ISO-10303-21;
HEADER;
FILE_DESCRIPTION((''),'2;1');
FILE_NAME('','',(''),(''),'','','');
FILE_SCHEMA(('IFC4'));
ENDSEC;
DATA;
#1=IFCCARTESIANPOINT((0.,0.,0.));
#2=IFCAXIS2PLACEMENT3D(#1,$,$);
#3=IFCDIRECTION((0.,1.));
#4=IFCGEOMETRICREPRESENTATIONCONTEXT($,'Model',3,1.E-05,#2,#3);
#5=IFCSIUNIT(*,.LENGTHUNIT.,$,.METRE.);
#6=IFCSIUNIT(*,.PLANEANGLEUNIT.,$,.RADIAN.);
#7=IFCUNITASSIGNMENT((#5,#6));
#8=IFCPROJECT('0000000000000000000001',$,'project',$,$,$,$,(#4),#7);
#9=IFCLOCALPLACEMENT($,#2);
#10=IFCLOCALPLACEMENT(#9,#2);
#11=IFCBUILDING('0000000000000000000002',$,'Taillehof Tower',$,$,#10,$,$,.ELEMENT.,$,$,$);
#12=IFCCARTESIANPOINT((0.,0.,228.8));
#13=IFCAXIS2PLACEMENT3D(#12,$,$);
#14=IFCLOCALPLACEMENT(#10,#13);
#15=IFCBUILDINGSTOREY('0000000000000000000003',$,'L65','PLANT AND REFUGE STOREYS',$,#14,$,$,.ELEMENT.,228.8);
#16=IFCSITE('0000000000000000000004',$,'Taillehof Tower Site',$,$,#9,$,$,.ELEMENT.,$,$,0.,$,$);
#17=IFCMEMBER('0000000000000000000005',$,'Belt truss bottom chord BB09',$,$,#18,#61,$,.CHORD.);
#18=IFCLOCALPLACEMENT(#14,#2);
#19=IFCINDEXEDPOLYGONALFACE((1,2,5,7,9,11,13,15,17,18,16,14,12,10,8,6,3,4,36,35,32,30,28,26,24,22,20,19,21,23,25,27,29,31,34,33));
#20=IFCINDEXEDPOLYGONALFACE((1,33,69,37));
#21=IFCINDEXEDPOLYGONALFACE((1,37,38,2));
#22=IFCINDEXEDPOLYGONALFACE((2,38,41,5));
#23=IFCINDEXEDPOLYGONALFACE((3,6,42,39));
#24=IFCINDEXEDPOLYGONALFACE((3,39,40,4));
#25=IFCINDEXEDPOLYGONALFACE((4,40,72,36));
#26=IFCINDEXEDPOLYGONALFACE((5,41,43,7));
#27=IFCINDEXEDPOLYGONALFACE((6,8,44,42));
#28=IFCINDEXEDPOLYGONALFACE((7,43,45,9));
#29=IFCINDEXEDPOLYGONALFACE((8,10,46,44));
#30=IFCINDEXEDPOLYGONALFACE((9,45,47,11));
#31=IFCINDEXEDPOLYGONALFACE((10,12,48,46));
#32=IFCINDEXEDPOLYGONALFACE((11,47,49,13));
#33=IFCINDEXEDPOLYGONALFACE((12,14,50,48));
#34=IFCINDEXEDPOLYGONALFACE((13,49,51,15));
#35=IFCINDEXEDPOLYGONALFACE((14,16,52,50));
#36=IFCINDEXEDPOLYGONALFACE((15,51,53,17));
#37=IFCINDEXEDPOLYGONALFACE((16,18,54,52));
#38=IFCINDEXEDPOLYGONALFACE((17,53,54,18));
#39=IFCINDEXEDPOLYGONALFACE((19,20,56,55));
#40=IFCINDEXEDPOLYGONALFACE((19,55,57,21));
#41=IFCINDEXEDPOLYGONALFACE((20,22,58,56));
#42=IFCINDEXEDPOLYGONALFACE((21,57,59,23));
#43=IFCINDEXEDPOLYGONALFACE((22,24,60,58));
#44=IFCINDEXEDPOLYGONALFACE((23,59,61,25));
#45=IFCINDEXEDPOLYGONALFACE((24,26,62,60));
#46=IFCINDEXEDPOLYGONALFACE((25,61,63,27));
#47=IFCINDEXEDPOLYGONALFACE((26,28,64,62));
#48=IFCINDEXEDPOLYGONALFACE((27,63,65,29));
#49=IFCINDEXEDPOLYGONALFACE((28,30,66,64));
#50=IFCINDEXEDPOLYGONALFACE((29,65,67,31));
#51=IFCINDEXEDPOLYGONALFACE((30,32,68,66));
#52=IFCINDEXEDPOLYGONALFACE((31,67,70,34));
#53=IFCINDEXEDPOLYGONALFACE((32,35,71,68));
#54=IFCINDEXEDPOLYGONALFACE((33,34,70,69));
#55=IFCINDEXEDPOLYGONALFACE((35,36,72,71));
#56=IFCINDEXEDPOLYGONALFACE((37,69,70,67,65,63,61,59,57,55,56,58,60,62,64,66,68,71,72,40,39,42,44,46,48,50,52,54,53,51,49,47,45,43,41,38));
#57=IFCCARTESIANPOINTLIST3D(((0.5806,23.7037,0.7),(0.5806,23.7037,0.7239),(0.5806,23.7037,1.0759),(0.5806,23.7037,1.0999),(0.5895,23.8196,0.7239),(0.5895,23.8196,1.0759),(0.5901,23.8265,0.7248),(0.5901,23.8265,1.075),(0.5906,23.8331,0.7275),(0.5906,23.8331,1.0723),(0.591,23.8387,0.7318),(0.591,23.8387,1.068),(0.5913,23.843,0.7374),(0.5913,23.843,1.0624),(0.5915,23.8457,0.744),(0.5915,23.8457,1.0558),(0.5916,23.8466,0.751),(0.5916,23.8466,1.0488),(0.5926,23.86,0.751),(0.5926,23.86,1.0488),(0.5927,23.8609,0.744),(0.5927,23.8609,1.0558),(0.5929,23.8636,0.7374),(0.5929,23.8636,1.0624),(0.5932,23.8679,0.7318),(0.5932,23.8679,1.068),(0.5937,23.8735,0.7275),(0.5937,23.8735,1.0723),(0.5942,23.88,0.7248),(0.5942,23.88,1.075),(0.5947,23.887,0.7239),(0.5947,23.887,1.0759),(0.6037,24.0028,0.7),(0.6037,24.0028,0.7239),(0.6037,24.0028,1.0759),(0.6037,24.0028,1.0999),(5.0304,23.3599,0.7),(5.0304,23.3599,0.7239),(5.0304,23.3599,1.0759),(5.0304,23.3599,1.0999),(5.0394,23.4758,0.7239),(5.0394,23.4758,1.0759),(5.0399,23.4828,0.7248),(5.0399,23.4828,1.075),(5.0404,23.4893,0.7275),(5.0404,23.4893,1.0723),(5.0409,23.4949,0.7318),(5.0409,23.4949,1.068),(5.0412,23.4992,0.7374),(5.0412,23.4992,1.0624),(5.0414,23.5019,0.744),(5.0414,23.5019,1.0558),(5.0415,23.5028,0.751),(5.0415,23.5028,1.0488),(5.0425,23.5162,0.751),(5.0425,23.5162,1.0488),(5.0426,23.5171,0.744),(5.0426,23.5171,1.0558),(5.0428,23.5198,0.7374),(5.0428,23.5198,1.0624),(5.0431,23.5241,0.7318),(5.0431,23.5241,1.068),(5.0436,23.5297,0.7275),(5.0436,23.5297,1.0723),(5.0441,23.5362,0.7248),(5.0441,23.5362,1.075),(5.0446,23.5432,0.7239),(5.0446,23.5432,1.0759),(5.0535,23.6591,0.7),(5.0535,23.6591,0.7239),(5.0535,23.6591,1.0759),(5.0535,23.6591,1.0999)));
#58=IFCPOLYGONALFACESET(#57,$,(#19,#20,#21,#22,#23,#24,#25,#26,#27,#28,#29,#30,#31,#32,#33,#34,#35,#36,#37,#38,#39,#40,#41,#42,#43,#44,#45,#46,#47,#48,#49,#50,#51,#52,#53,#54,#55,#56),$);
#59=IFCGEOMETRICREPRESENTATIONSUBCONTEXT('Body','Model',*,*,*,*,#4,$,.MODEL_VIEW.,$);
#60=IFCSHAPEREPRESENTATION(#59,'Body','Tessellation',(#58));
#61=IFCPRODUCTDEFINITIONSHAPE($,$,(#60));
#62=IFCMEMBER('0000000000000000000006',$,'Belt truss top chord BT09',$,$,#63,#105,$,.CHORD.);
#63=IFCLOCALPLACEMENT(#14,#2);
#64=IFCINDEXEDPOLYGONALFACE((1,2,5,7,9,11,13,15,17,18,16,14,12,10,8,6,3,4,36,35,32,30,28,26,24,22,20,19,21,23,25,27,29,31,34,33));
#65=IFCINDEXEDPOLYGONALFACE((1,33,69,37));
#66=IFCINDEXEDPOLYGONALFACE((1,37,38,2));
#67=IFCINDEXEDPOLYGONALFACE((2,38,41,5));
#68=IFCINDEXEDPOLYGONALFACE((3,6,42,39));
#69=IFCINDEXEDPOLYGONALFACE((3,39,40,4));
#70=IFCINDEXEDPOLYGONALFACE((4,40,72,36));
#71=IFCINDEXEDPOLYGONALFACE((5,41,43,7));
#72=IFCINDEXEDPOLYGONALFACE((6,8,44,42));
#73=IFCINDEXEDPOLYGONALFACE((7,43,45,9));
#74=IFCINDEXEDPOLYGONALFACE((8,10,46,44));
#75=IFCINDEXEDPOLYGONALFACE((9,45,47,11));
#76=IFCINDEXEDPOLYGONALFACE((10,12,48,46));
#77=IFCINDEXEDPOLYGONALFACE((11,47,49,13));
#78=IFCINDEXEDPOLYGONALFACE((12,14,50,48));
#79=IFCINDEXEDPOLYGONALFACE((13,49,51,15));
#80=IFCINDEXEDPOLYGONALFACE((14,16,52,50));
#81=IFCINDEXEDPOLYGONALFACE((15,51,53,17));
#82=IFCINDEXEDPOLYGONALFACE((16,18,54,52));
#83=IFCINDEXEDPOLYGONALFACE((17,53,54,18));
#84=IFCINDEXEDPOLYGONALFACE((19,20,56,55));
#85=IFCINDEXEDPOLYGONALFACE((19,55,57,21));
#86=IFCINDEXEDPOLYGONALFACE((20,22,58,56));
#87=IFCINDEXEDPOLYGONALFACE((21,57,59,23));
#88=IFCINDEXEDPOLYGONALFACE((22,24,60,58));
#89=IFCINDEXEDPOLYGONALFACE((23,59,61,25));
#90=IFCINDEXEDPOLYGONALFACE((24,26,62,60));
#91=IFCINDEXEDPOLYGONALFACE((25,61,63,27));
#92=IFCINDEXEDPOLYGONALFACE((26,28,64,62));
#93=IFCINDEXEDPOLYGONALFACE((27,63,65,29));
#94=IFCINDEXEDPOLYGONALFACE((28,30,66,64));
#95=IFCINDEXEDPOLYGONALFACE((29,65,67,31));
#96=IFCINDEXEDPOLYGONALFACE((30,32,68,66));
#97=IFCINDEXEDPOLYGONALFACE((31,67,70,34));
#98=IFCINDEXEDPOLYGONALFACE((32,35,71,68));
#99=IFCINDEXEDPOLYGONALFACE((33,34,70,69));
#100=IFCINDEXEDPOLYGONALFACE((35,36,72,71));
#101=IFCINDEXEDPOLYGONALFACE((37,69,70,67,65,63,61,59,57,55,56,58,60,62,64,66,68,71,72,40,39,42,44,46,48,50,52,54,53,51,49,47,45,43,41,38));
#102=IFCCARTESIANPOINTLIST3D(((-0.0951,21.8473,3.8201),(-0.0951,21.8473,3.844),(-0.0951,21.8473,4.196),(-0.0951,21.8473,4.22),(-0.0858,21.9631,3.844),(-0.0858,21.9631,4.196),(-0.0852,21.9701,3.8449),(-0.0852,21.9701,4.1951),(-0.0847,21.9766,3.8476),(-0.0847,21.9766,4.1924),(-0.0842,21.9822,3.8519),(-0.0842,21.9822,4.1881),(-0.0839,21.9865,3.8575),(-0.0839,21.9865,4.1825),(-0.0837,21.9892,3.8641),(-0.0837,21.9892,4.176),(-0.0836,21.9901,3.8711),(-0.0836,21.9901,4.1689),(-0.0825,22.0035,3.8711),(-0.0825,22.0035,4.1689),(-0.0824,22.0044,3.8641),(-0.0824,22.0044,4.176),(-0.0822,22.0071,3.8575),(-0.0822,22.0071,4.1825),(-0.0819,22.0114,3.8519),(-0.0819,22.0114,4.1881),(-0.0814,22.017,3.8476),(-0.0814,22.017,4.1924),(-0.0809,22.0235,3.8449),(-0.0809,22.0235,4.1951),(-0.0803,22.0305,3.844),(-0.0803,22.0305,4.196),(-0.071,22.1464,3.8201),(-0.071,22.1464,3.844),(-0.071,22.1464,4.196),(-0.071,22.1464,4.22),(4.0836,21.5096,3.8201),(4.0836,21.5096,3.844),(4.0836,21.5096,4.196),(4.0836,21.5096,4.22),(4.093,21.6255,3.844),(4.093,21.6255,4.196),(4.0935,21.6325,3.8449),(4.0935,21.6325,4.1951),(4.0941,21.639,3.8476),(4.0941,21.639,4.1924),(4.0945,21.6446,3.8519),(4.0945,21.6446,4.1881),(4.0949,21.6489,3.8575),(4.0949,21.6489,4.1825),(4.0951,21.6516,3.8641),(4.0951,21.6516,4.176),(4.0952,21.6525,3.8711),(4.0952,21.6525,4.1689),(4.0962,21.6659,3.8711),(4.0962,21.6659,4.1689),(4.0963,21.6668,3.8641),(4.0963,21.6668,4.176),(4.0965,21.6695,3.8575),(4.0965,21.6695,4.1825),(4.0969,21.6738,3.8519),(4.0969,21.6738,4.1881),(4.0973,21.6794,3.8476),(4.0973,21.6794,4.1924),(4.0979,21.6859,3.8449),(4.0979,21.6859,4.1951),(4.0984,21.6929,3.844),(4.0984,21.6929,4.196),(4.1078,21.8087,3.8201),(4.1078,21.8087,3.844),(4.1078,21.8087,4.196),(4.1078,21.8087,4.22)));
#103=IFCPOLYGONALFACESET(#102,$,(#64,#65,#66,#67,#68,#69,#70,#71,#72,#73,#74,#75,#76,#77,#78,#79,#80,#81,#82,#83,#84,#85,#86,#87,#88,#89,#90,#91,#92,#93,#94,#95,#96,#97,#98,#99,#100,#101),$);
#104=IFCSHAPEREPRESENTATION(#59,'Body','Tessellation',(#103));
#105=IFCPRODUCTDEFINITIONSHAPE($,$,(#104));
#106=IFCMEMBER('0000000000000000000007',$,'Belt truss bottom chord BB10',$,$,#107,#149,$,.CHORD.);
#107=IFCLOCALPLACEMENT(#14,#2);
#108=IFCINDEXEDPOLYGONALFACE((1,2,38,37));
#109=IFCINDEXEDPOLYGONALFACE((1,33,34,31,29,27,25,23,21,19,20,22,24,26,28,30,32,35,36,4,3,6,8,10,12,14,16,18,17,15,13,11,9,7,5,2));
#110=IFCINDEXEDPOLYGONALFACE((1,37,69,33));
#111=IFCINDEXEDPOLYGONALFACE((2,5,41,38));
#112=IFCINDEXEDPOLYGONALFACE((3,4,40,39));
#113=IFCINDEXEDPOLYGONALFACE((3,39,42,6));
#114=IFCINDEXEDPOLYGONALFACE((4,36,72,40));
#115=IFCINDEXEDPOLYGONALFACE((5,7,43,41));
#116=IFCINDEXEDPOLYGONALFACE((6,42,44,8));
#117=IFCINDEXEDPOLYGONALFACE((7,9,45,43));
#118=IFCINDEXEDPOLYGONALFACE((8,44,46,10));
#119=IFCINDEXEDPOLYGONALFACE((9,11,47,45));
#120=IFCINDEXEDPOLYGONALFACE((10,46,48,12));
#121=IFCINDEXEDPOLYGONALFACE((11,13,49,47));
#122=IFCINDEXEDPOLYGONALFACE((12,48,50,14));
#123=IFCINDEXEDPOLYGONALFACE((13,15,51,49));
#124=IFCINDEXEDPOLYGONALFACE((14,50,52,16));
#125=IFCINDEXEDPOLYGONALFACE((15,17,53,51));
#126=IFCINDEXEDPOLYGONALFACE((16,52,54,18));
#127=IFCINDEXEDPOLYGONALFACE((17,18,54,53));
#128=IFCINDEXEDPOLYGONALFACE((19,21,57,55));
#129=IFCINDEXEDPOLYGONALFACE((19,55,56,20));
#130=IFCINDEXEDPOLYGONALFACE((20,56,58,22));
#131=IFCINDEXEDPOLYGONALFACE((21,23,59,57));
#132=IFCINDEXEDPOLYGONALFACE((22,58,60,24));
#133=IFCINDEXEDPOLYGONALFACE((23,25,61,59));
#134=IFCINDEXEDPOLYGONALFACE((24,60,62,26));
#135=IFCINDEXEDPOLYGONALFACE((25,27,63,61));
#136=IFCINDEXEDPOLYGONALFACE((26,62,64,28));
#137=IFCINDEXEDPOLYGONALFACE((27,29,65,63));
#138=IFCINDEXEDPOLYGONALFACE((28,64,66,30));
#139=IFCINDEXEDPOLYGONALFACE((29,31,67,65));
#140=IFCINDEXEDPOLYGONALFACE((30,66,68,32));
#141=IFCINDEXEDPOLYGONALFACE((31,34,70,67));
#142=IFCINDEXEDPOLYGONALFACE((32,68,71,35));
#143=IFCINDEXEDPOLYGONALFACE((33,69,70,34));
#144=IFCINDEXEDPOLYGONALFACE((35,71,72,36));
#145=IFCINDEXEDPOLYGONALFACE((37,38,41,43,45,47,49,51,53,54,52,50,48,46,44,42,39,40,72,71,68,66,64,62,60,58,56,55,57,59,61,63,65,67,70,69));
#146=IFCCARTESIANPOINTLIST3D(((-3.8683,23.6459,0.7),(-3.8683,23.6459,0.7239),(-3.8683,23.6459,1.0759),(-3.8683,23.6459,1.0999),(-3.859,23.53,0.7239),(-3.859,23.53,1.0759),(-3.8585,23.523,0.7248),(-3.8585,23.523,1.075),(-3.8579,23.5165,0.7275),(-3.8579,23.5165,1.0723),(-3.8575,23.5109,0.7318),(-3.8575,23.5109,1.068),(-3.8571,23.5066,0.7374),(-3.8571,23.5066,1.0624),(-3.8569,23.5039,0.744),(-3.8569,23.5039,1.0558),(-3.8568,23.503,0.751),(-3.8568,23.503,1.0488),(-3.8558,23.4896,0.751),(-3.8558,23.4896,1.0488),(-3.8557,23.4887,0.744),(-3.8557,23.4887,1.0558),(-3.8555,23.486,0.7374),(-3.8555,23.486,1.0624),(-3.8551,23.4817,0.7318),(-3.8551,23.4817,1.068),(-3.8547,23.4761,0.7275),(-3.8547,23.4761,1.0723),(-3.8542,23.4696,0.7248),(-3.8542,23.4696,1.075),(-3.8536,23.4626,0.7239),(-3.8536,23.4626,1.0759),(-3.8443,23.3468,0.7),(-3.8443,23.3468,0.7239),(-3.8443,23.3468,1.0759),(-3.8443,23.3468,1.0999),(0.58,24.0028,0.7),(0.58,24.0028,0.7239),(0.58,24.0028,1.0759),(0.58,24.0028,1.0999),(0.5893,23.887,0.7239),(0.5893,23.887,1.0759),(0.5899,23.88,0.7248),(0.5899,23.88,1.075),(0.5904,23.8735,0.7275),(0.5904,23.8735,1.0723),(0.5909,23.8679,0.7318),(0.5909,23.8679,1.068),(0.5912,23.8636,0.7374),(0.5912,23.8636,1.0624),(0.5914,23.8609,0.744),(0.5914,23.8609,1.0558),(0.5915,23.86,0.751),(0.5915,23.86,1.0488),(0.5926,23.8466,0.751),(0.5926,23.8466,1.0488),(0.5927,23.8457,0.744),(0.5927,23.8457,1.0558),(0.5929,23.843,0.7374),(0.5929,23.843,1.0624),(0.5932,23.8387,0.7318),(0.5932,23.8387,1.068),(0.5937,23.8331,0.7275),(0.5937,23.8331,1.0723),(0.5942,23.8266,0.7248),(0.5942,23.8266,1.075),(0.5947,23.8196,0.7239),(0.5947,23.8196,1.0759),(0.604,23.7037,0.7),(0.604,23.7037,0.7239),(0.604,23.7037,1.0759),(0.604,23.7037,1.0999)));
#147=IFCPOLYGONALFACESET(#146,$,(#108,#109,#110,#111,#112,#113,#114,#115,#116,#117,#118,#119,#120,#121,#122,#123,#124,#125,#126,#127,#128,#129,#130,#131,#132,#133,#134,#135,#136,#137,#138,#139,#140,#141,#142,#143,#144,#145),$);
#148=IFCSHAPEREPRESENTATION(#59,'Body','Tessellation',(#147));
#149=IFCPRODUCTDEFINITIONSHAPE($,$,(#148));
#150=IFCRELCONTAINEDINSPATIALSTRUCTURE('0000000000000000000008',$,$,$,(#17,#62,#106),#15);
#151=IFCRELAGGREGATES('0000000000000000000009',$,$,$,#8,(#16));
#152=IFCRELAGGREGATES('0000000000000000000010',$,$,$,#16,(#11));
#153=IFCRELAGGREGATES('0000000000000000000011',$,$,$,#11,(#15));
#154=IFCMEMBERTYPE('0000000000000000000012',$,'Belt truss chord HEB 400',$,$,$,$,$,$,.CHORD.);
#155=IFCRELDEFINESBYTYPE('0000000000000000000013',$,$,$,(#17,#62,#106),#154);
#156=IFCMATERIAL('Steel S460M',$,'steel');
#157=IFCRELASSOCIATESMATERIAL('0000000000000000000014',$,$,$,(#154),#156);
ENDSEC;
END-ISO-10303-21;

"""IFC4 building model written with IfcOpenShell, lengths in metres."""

from ifc_helpers import new_model, si_unit, direction, frame, origin, origin_2d, place, context, subcontext, project, spatial, i_section, extrude, material, material_profile, profile_set, type_object, element, save


model = new_model("IFC4")

# Units and contexts
model_context = context("Model", 3, precision=1e-05, world=origin(), true_north=direction((0.0, 1.0)))
body_context = subcontext(model_context, "Body", "Model", "MODEL_VIEW")
ifc_project = project(units=[si_unit("LENGTHUNIT", "METRE"), si_unit("PLANEANGLEUNIT", "RADIAN")], contexts=[model_context])

# Site, building, storey
site_placement = place(None, origin())
site = spatial("IfcSite", under=ifc_project, at=site_placement, Name="Taillehof Tower Site", CompositionType="ELEMENT", RefElevation=0.0)
building_placement = place(site_placement, origin())
building = spatial("IfcBuilding", under=site, at=building_placement, Name="Taillehof Tower", CompositionType="ELEMENT")
storey_placement = place(building_placement, frame((0.0, 0.0, 228.8)))
storey = spatial("IfcBuildingStorey", under=building, at=storey_placement, Name="L65", Description="PLANT AND REFUGE STOREYS", CompositionType="ELEMENT", Elevation=228.8)

# Members
ifc_material_1 = material(Name="Steel S460M", Category="steel")
ifc_material_profile_1 = material_profile(ifc_material_1, i_section(OverallWidth=0.3, OverallDepth=0.3999, WebThickness=0.0134, FlangeThickness=0.0239, FilletRadius=0.0271, at=origin_2d()), Name="HEB 400")
ifc_profile_set_1 = profile_set([ifc_material_profile_1], Name="Steel S460M")
member_type_1 = type_object("IfcMemberType", Name="Belt truss chord HEB 400", PredefinedType="CHORD", material=ifc_profile_set_1)
member_1_placement = place(storey_placement, frame((5.042, 23.5095, 0.8999), z_axis=(-0.99703, 0.077019, 0.0), x_axis=(-0.077019, -0.99703, 0.0)))
element("IfcMember", 1, at=member_1_placement, inside=storey, type_object=member_type_1, Name="Belt truss bottom chord BB09", PredefinedType="CHORD", context=body_context, shape_type="SweptSolid", body=[
    extrude(i_section(OverallWidth=0.3, OverallDepth=0.3999, WebThickness=0.0134, FlangeThickness=0.0239, FilletRadius=0.0271, at=origin_2d()), origin(), (0.0, 0.0, 1.0), 4.4631),
])
member_2_placement = place(storey_placement, frame((4.0957, 21.6592, 4.02), z_axis=(-0.996751, 0.080539, 0.0), x_axis=(-0.080539, -0.996751, 0.0)))
element("IfcMember", 2, at=member_2_placement, inside=storey, type_object=member_type_1, Name="Belt truss top chord BT09", PredefinedType="CHORD", context=body_context, shape_type="SweptSolid", body=[
    extrude(i_section(OverallWidth=0.3, OverallDepth=0.3999, WebThickness=0.0134, FlangeThickness=0.0239, FilletRadius=0.0271, at=origin_2d()), origin(), (0.0, 0.0, 1.0), 4.1924),
])
member_3_placement = place(storey_placement, frame((0.592, 23.8533, 0.8999), z_axis=(-0.996796, -0.079984, 0.0), x_axis=(0.079984, -0.996796, 0.0)))
element("IfcMember", 3, at=member_3_placement, inside=storey, type_object=member_type_1, Name="Belt truss bottom chord BB10", PredefinedType="CHORD", context=body_context, shape_type="SweptSolid", body=[
    extrude(i_section(OverallWidth=0.3, OverallDepth=0.3999, WebThickness=0.0134, FlangeThickness=0.0239, FilletRadius=0.0271, at=origin_2d()), origin(), (0.0, 0.0, 1.0), 4.4626),
])

save(model, "model.ifc")
